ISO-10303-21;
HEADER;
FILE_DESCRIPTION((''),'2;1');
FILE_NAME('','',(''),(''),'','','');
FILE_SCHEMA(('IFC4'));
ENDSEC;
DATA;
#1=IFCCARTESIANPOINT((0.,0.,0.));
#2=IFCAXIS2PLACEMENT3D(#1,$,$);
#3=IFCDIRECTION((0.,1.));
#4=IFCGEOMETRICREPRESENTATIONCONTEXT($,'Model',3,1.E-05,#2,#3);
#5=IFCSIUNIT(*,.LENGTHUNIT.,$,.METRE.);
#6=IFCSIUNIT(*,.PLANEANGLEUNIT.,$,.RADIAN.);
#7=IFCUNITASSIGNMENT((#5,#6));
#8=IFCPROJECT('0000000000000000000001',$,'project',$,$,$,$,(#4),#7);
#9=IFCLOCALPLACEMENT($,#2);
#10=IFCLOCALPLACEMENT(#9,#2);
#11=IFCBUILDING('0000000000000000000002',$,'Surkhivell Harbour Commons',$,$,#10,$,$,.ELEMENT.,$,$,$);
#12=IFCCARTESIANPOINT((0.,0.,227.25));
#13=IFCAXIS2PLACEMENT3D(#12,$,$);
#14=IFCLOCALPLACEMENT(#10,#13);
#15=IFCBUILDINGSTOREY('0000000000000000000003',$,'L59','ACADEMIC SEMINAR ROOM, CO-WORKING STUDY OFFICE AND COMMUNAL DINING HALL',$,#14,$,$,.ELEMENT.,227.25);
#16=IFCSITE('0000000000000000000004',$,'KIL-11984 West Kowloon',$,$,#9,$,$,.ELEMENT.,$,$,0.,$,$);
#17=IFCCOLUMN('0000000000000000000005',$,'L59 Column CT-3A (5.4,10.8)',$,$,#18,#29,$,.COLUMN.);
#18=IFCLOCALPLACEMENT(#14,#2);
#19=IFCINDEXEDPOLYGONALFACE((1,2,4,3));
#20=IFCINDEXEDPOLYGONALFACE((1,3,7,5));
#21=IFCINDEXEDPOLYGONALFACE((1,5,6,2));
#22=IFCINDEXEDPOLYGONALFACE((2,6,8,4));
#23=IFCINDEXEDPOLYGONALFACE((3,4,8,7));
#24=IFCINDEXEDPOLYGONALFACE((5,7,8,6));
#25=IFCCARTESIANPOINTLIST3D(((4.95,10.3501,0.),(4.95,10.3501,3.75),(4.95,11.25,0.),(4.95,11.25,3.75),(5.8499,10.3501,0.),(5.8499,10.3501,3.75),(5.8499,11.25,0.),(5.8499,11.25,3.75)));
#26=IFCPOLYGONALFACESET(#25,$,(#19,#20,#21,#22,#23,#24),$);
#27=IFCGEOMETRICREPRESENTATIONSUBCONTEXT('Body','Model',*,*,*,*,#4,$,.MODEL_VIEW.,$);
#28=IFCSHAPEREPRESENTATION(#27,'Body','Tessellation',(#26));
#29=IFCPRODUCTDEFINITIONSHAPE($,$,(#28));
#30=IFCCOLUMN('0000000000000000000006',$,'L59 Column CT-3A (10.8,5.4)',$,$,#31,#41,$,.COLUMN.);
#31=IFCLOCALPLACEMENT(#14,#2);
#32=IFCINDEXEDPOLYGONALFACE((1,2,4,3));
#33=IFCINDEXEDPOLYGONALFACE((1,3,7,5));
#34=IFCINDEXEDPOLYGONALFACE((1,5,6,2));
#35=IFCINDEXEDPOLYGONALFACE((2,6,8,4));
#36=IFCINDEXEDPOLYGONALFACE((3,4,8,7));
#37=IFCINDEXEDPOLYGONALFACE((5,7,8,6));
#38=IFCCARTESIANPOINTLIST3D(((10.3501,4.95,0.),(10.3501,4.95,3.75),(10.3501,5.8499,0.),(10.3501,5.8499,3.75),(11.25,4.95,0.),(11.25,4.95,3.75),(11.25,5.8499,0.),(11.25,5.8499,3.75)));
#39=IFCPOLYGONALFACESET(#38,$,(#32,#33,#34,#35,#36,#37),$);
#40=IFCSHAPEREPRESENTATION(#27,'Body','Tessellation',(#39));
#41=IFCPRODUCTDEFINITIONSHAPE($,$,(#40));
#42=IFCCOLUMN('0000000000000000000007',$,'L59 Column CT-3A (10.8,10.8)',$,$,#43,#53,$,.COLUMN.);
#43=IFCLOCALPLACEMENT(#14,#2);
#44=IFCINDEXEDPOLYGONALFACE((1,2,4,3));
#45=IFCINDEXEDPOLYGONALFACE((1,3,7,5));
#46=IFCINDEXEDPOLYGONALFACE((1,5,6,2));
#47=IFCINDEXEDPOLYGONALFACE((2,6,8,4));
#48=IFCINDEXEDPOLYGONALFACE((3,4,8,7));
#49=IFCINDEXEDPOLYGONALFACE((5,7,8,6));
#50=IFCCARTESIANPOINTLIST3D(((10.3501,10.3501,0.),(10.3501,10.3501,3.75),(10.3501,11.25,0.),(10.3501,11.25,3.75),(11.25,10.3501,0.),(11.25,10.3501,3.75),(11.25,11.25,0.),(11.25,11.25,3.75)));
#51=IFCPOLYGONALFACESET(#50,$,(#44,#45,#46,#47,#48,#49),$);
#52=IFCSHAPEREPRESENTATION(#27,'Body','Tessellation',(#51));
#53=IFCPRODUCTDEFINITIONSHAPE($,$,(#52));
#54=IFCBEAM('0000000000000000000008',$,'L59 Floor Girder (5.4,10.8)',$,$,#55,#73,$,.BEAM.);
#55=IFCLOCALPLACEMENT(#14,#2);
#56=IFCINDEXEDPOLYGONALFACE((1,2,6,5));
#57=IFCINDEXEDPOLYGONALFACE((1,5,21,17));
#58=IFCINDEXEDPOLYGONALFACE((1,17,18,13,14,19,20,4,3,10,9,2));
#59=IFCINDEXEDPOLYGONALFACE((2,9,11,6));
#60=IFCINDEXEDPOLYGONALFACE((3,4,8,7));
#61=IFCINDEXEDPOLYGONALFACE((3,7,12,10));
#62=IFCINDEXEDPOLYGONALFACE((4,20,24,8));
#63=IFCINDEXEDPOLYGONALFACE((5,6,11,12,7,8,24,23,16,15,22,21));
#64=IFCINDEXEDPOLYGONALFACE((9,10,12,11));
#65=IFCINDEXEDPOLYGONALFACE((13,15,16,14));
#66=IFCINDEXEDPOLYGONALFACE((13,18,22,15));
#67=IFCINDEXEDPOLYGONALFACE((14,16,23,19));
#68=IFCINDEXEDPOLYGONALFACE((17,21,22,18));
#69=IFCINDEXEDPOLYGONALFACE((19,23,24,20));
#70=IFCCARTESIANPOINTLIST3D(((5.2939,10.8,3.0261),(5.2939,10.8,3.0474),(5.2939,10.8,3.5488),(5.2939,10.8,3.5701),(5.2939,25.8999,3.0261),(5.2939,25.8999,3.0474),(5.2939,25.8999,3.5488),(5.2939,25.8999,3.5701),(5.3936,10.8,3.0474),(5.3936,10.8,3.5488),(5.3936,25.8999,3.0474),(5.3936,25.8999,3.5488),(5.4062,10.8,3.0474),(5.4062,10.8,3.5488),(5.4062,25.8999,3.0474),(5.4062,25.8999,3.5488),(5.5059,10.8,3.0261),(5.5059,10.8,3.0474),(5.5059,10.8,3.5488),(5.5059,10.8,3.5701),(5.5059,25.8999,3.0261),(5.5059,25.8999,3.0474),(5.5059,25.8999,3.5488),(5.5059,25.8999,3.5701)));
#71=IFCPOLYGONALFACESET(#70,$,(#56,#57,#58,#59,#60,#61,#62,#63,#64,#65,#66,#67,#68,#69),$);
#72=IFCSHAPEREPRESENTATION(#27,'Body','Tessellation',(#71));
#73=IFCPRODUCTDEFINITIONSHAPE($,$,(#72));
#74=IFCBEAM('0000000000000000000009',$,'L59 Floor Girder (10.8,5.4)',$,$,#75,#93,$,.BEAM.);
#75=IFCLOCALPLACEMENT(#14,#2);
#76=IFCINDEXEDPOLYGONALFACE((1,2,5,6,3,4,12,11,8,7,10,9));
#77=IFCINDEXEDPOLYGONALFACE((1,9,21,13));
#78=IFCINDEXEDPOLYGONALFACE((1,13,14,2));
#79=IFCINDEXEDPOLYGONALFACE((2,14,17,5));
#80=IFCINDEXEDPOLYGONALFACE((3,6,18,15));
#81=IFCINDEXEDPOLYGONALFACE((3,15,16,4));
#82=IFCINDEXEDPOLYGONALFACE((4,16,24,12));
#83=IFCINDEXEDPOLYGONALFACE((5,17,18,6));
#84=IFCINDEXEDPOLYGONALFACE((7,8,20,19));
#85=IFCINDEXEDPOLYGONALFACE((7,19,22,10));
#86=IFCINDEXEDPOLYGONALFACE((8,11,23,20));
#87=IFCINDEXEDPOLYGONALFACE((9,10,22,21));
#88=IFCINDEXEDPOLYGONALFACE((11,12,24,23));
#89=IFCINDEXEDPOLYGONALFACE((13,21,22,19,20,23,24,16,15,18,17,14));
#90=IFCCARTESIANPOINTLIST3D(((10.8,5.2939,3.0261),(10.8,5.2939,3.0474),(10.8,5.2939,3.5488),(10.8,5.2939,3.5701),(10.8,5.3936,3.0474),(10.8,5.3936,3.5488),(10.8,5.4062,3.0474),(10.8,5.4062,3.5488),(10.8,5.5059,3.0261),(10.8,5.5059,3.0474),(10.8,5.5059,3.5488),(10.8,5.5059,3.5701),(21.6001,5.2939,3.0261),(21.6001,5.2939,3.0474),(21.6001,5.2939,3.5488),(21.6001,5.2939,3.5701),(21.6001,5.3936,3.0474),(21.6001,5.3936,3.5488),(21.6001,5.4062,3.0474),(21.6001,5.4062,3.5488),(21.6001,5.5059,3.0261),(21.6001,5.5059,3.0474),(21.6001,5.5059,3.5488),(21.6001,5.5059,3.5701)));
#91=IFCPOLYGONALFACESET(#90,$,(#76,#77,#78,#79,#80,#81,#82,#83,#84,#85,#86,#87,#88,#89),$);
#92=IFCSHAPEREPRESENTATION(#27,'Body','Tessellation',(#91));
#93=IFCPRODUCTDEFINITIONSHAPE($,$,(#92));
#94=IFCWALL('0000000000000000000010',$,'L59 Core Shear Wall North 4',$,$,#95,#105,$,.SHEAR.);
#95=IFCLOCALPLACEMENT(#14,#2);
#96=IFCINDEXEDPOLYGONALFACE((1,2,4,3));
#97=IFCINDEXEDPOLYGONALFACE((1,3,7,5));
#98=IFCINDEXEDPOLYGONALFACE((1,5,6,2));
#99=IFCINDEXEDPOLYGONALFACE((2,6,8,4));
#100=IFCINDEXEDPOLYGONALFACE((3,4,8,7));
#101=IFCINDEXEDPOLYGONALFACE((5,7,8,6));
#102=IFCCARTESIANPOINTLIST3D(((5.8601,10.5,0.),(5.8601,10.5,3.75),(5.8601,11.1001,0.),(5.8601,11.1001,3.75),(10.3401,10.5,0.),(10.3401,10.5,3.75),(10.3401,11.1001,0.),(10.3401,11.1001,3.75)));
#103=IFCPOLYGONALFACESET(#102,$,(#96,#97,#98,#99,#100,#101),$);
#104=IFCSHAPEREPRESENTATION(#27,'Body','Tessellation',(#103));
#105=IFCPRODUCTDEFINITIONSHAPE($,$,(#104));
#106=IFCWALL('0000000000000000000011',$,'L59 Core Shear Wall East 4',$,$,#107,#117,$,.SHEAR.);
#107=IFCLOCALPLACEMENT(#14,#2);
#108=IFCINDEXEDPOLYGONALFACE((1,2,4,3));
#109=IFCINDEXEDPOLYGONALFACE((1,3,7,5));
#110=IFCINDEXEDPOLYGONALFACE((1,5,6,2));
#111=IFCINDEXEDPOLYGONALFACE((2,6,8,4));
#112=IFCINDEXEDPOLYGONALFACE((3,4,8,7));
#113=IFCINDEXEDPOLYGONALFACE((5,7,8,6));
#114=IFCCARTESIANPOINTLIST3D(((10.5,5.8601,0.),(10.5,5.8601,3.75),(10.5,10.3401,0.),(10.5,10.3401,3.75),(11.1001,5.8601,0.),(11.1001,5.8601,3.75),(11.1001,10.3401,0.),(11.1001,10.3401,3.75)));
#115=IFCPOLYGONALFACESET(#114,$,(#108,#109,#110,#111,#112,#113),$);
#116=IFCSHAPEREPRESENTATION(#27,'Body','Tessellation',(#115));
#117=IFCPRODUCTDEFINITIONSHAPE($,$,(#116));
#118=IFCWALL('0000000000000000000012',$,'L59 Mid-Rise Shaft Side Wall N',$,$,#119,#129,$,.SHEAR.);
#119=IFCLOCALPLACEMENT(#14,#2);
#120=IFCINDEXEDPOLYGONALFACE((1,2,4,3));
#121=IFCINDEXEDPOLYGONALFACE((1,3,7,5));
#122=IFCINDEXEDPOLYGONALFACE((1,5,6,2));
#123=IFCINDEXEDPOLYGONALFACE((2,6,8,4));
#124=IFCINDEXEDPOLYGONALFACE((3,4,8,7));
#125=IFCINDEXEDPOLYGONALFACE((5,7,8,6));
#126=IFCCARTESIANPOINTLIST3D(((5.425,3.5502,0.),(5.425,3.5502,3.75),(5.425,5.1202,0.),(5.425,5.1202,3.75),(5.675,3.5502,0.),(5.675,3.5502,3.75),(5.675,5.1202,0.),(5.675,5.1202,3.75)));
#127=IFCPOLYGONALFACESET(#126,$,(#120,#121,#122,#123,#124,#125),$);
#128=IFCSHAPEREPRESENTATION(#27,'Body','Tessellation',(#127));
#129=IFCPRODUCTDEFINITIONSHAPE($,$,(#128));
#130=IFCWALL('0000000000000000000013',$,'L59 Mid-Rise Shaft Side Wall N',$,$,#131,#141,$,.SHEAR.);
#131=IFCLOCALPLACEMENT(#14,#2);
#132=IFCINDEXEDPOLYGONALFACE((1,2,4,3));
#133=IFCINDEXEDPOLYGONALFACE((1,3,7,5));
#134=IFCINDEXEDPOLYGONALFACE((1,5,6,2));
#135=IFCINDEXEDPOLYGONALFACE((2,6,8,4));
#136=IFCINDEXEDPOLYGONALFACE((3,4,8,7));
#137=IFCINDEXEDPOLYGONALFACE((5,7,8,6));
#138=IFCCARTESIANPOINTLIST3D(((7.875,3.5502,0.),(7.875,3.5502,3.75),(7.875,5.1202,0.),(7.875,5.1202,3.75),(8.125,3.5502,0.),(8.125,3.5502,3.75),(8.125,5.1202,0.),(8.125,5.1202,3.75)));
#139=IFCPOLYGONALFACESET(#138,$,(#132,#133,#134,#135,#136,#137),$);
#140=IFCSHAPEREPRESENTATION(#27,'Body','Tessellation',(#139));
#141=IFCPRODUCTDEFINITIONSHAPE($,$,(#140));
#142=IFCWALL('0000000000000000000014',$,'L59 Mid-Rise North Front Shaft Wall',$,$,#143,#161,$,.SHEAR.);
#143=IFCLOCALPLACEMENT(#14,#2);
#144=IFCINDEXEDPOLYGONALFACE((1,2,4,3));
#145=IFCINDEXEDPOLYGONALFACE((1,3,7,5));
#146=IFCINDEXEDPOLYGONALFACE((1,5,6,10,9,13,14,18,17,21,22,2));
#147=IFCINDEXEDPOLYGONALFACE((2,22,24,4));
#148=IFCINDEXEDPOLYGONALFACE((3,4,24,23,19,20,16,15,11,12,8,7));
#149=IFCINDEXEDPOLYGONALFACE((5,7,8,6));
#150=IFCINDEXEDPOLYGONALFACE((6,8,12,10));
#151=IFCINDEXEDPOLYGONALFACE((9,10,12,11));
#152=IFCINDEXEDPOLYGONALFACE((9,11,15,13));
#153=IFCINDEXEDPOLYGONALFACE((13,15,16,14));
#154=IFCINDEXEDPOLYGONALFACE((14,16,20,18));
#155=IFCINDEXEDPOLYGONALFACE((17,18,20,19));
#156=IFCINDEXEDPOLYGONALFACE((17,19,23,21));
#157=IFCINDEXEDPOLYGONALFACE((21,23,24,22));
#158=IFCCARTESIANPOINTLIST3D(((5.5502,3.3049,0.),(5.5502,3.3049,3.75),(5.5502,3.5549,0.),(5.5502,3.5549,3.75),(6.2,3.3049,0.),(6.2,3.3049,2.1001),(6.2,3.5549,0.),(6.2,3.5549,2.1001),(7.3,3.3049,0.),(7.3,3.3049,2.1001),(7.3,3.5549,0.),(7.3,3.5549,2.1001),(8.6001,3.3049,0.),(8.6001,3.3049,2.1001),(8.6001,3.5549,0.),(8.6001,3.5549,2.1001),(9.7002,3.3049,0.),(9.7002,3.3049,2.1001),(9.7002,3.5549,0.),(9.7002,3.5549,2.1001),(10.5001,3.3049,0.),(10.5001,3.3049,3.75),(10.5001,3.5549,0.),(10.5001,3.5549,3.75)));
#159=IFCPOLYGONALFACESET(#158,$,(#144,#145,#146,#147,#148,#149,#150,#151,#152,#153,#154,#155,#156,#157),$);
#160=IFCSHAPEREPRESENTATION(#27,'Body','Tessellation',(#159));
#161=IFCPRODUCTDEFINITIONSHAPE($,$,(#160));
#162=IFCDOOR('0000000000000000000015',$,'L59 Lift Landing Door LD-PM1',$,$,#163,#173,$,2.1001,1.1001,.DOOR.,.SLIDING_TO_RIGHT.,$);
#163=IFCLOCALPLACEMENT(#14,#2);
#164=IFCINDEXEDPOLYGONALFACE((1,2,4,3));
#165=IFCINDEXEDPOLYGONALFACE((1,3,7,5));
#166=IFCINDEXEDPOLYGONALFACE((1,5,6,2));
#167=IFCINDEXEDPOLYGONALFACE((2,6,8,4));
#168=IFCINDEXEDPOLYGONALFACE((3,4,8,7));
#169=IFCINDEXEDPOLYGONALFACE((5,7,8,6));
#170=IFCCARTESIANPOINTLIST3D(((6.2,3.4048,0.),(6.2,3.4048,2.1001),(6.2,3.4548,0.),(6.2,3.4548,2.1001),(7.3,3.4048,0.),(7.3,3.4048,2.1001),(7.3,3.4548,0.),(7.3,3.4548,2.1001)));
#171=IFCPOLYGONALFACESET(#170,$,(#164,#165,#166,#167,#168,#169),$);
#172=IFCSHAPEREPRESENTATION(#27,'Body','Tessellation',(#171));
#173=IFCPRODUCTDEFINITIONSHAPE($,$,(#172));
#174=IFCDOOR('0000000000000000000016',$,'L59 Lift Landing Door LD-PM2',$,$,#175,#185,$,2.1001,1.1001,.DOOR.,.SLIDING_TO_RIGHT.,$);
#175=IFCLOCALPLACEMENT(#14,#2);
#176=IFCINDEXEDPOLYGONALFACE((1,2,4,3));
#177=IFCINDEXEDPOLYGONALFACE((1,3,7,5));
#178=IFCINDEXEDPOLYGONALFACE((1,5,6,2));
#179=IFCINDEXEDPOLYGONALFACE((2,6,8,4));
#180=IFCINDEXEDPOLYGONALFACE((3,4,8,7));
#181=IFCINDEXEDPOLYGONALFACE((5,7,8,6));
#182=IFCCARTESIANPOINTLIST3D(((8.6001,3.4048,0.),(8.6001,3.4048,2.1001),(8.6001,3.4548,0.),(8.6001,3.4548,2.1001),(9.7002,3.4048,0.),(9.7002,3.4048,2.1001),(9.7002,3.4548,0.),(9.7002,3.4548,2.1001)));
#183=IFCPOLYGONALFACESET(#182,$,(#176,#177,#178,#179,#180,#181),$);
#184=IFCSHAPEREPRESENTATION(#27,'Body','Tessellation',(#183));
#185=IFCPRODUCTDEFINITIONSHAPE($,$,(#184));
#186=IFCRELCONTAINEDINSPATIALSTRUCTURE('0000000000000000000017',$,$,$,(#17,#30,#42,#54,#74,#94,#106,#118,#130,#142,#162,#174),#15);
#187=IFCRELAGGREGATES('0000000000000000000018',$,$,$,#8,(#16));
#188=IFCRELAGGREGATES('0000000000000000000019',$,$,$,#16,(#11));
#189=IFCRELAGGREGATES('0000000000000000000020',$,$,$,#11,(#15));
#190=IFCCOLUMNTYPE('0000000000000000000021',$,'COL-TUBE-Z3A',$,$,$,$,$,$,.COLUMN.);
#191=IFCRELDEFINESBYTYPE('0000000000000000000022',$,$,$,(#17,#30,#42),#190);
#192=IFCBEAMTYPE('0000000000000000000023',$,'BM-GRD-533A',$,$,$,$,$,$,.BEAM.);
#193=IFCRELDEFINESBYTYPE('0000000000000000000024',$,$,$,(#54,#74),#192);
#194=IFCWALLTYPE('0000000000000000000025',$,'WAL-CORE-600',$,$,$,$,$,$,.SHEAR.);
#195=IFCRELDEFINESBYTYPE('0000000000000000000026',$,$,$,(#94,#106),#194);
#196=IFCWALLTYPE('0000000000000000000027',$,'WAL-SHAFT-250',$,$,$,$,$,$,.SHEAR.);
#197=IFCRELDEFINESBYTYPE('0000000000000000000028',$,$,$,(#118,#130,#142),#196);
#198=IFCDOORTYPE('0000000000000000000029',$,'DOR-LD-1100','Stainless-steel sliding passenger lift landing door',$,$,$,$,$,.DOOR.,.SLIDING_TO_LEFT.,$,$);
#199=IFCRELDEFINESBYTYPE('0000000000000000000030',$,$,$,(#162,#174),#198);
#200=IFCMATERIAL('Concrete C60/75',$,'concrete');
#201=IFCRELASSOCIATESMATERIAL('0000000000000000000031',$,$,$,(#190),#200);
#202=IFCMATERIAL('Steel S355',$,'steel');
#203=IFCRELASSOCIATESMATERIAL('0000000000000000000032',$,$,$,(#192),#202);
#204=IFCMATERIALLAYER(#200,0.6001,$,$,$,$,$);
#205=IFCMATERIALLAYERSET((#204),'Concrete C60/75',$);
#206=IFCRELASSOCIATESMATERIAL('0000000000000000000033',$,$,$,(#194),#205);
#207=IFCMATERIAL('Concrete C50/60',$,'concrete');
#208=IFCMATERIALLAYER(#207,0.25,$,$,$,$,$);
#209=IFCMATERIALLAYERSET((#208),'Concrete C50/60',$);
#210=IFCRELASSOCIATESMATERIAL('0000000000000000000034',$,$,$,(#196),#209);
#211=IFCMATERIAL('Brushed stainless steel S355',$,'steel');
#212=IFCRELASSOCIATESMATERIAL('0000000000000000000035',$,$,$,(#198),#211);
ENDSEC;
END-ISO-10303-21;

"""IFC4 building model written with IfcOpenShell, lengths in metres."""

from ifc_helpers import new_model, si_unit, direction, frame, frame_2d, origin, origin_2d, place, context, subcontext, project, spatial, rectangle, i_section, extrude, material, layer, layer_set, material_profile, profile_set, type_object, element, fill, save


model = new_model("IFC4")

# Units and contexts
model_context = context("Model", 3, precision=1e-05, world=origin(), true_north=direction((0.0, 1.0)))
body_context = subcontext(model_context, "Body", "Model", "MODEL_VIEW")
ifc_project = project(units=[si_unit("LENGTHUNIT", "METRE"), si_unit("PLANEANGLEUNIT", "RADIAN")], contexts=[model_context])

# Site, building, storey
site_placement = place(None, origin())
site = spatial("IfcSite", under=ifc_project, at=site_placement, Name="KIL-11984 West Kowloon", CompositionType="ELEMENT", RefElevation=0.0)
building_placement = place(site_placement, origin())
building = spatial("IfcBuilding", under=site, at=building_placement, Name="Surkhivell Harbour Commons", CompositionType="ELEMENT")
storey_placement = place(building_placement, frame((0.0, 0.0, 227.25)))
storey = spatial("IfcBuildingStorey", under=building, at=storey_placement, Name="L59", Description="ACADEMIC SEMINAR ROOM, CO-WORKING STUDY OFFICE AND COMMUNAL DINING HALL", CompositionType="ELEMENT", Elevation=227.25)

# Columns
ifc_material_1 = material(Name="Concrete C60/75", Category="concrete")
ifc_material_profile_1 = material_profile(ifc_material_1, rectangle(XDim=0.8999, YDim=0.8999, at=origin_2d()), Name="RC-COL-900x900")
ifc_profile_set_1 = profile_set([ifc_material_profile_1], Name="Concrete C60/75")
column_type = type_object("IfcColumnType", Name="COL-TUBE-Z3A", PredefinedType="COLUMN", material=ifc_profile_set_1)
for number, where, z_axis, x_axis, name in (
    (1, (5.3999, 10.8, 0.0), (0.0, 0.0, 1.0), (1.0, 0.0, 0.0), "L59 Column CT-3A (5.4,10.8)"),
    (2, (10.8, 5.3999, 0.0), (0.0, 0.0, 1.0), (1.0, 0.0, 0.0), "L59 Column CT-3A (10.8,5.4)"),
    (3, (10.8, 10.8, 0.0), (0.0, 0.0, 1.0), (1.0, 0.0, 0.0), "L59 Column CT-3A (10.8,10.8)"),
):
    element("IfcColumn", number, at=place(storey_placement, frame(where, z_axis=z_axis, x_axis=x_axis)), inside=storey, type_object=column_type, Name=name, PredefinedType="COLUMN", context=body_context, shape_type="SweptSolid", body=[
        extrude(rectangle(XDim=0.8999, YDim=0.8999, at=origin_2d()), origin(), (0.0, 0.0, 1.0), 3.75),
    ])

# Beams
ifc_material_2 = material(Name="Steel S355", Category="steel")
ifc_material_profile_2 = material_profile(ifc_material_2, i_section(OverallWidth=0.2119, OverallDepth=0.5439, WebThickness=0.0127, FlangeThickness=0.0212, at=origin_2d()), Name="UB533x210x122")
ifc_profile_set_2 = profile_set([ifc_material_profile_2], Name="Steel S355")
beam_type = type_object("IfcBeamType", Name="BM-GRD-533A", PredefinedType="BEAM", material=ifc_profile_set_2)
beam_1_placement = place(storey_placement, frame((5.3999, 10.8, 3.2981), z_axis=(0.0, 1.0, 0.0), x_axis=(-1.0, 0.0, 0.0)))
element("IfcBeam", 4, at=beam_1_placement, inside=storey, type_object=beam_type, Name="L59 Floor Girder (5.4,10.8)", PredefinedType="BEAM", context=body_context, shape_type="SweptSolid", body=[
    extrude(i_section(OverallWidth=0.2119, OverallDepth=0.5439, WebThickness=0.0127, FlangeThickness=0.0212, at=origin_2d()), origin(), (0.0, 0.0, 1.0), 15.0999),
])
beam_2_placement = place(storey_placement, frame((10.8, 5.3999, 3.2981), z_axis=(1.0, 0.0, 0.0), x_axis=(0.0, 1.0, 0.0)))
element("IfcBeam", 5, at=beam_2_placement, inside=storey, type_object=beam_type, Name="L59 Floor Girder (10.8,5.4)", PredefinedType="BEAM", context=body_context, shape_type="SweptSolid", body=[
    extrude(i_section(OverallWidth=0.2119, OverallDepth=0.5439, WebThickness=0.0127, FlangeThickness=0.0212, at=origin_2d()), origin(), (0.0, 0.0, 1.0), 10.8),
])

# Walls
ifc_layer_1 = layer(ifc_material_1, 0.6001)
ifc_layer_set_1 = layer_set([ifc_layer_1], Name="Concrete C60/75")
wall_type_1 = type_object("IfcWallType", Name="WAL-CORE-600", PredefinedType="SHEAR", material=ifc_layer_set_1)
for number, where, z_axis, x_axis, name in (
    (6, (5.8601, 10.8, 0.0), (0.0, 0.0, 1.0), (1.0, 0.0, 0.0), "L59 Core Shear Wall North 4"),
    (7, (10.8, 5.8601, 0.0), (0.0, 0.0, 1.0), (0.0, 1.0, 0.0), "L59 Core Shear Wall East 4"),
):
    element("IfcWall", number, at=place(storey_placement, frame(where, z_axis=z_axis, x_axis=x_axis)), inside=storey, type_object=wall_type_1, Name=name, PredefinedType="SHEAR", context=body_context, shape_type="SweptSolid", body=[
        extrude(rectangle(XDim=4.48, YDim=0.6001, at=frame_2d((2.24, 0.0))), origin(), (0.0, 0.0, 1.0), 3.75),
    ])
ifc_material_3 = material(Name="Concrete C50/60", Category="concrete")
ifc_layer_2 = layer(ifc_material_3, 0.25)
ifc_layer_set_2 = layer_set([ifc_layer_2], Name="Concrete C50/60")
wall_type_2 = type_object("IfcWallType", Name="WAL-SHAFT-250", PredefinedType="SHEAR", material=ifc_layer_set_2)
for number, where, z_axis, x_axis, name in (
    (8, (5.55, 3.55, 0.0), (0.0, 0.0, 1.0), (0.0, 1.0, 0.0), "L59 Mid-Rise Shaft Side Wall N"),
    (9, (8.0, 3.55, 0.0), (0.0, 0.0, 1.0), (0.0, 1.0, 0.0), "L59 Mid-Rise Shaft Side Wall N"),
):
    element("IfcWall", number, at=place(storey_placement, frame(where, z_axis=z_axis, x_axis=x_axis)), inside=storey, type_object=wall_type_2, Name=name, PredefinedType="SHEAR", context=body_context, shape_type="SweptSolid", body=[
        extrude(rectangle(XDim=1.5701, YDim=0.25, at=frame_2d((0.7852, 0.0))), origin(), (0.0, 0.0, 1.0), 3.75),
    ])

# Wall, openings, doors
wall_1_placement = place(storey_placement, frame((5.55, 3.4299, 0.0), z_axis=(0.0, 0.0, 1.0), x_axis=(1.0, 0.0, 0.0)))
wall_1 = element("IfcWall", 10, at=wall_1_placement, inside=storey, type_object=wall_type_2, Name="L59 Mid-Rise North Front Shaft Wall", PredefinedType="SHEAR", context=body_context, shape_type="SweptSolid", body=[
    extrude(rectangle(XDim=4.95, YDim=0.25, at=frame_2d((2.4751, 0.0))), origin(), (0.0, 0.0, 1.0), 3.75),
])
opening_1_placement = place(wall_1_placement, frame((0.6499, 0.0, 0.0)))
opening_1 = element("IfcOpeningElement", 11, at=opening_1_placement, cuts=wall_1, PredefinedType="OPENING", context=body_context, shape_type="SweptSolid", body=[
    extrude(rectangle(XDim=1.1001, YDim=2.1001, at=frame_2d((0.55, 1.05))), frame((0.0, 0.135, 0.0), z_axis=(0.0, -1.0, 0.0), x_axis=(1.0, 0.0, 0.0)), (0.0, 0.0, 1.0), 0.27),
])
opening_2_placement = place(wall_1_placement, frame((3.05, 0.0, 0.0)))
opening_2 = element("IfcOpeningElement", 12, at=opening_2_placement, cuts=wall_1, PredefinedType="OPENING", context=body_context, shape_type="SweptSolid", body=[
    extrude(rectangle(XDim=1.1001, YDim=2.1001, at=frame_2d((0.55, 1.05))), frame((0.0, 0.135, 0.0), z_axis=(0.0, -1.0, 0.0), x_axis=(1.0, 0.0, 0.0)), (0.0, 0.0, 1.0), 0.27),
])
ifc_material_4 = material(Name="Brushed stainless steel S355", Category="steel")
door_type = type_object("IfcDoorType", Name="DOR-LD-1100", Description="Stainless-steel sliding passenger lift landing door", OperationType="SLIDING_TO_LEFT", PredefinedType="DOOR", material=ifc_material_4)
door_1_placement = place(opening_1_placement, origin())
door_1 = element("IfcDoor", 13, at=door_1_placement, inside=storey, type_object=door_type, Name="L59 Lift Landing Door LD-PM1", OperationType="SLIDING_TO_RIGHT", OverallHeight=2.1001, OverallWidth=1.1001, PredefinedType="DOOR", context=body_context, shape_type="SweptSolid", body=[
    extrude(rectangle(XDim=1.1001, YDim=2.1001, at=frame_2d((0.55, 1.05))), frame((0.0, 0.0249, 0.0), z_axis=(0.0, -1.0, 0.0), x_axis=(1.0, 0.0, 0.0)), (0.0, 0.0, 1.0), 0.05),
])
fill(opening_1, door_1)
door_2_placement = place(opening_2_placement, origin())
door_2 = element("IfcDoor", 14, at=door_2_placement, inside=storey, type_object=door_type, Name="L59 Lift Landing Door LD-PM2", OperationType="SLIDING_TO_RIGHT", OverallHeight=2.1001, OverallWidth=1.1001, PredefinedType="DOOR", context=body_context, shape_type="SweptSolid", body=[
    extrude(rectangle(XDim=1.1001, YDim=2.1001, at=frame_2d((0.55, 1.05))), frame((0.0, 0.0249, 0.0), z_axis=(0.0, -1.0, 0.0), x_axis=(1.0, 0.0, 0.0)), (0.0, 0.0, 1.0), 0.05),
])
fill(opening_2, door_2)

save(model, "model.ifc")
